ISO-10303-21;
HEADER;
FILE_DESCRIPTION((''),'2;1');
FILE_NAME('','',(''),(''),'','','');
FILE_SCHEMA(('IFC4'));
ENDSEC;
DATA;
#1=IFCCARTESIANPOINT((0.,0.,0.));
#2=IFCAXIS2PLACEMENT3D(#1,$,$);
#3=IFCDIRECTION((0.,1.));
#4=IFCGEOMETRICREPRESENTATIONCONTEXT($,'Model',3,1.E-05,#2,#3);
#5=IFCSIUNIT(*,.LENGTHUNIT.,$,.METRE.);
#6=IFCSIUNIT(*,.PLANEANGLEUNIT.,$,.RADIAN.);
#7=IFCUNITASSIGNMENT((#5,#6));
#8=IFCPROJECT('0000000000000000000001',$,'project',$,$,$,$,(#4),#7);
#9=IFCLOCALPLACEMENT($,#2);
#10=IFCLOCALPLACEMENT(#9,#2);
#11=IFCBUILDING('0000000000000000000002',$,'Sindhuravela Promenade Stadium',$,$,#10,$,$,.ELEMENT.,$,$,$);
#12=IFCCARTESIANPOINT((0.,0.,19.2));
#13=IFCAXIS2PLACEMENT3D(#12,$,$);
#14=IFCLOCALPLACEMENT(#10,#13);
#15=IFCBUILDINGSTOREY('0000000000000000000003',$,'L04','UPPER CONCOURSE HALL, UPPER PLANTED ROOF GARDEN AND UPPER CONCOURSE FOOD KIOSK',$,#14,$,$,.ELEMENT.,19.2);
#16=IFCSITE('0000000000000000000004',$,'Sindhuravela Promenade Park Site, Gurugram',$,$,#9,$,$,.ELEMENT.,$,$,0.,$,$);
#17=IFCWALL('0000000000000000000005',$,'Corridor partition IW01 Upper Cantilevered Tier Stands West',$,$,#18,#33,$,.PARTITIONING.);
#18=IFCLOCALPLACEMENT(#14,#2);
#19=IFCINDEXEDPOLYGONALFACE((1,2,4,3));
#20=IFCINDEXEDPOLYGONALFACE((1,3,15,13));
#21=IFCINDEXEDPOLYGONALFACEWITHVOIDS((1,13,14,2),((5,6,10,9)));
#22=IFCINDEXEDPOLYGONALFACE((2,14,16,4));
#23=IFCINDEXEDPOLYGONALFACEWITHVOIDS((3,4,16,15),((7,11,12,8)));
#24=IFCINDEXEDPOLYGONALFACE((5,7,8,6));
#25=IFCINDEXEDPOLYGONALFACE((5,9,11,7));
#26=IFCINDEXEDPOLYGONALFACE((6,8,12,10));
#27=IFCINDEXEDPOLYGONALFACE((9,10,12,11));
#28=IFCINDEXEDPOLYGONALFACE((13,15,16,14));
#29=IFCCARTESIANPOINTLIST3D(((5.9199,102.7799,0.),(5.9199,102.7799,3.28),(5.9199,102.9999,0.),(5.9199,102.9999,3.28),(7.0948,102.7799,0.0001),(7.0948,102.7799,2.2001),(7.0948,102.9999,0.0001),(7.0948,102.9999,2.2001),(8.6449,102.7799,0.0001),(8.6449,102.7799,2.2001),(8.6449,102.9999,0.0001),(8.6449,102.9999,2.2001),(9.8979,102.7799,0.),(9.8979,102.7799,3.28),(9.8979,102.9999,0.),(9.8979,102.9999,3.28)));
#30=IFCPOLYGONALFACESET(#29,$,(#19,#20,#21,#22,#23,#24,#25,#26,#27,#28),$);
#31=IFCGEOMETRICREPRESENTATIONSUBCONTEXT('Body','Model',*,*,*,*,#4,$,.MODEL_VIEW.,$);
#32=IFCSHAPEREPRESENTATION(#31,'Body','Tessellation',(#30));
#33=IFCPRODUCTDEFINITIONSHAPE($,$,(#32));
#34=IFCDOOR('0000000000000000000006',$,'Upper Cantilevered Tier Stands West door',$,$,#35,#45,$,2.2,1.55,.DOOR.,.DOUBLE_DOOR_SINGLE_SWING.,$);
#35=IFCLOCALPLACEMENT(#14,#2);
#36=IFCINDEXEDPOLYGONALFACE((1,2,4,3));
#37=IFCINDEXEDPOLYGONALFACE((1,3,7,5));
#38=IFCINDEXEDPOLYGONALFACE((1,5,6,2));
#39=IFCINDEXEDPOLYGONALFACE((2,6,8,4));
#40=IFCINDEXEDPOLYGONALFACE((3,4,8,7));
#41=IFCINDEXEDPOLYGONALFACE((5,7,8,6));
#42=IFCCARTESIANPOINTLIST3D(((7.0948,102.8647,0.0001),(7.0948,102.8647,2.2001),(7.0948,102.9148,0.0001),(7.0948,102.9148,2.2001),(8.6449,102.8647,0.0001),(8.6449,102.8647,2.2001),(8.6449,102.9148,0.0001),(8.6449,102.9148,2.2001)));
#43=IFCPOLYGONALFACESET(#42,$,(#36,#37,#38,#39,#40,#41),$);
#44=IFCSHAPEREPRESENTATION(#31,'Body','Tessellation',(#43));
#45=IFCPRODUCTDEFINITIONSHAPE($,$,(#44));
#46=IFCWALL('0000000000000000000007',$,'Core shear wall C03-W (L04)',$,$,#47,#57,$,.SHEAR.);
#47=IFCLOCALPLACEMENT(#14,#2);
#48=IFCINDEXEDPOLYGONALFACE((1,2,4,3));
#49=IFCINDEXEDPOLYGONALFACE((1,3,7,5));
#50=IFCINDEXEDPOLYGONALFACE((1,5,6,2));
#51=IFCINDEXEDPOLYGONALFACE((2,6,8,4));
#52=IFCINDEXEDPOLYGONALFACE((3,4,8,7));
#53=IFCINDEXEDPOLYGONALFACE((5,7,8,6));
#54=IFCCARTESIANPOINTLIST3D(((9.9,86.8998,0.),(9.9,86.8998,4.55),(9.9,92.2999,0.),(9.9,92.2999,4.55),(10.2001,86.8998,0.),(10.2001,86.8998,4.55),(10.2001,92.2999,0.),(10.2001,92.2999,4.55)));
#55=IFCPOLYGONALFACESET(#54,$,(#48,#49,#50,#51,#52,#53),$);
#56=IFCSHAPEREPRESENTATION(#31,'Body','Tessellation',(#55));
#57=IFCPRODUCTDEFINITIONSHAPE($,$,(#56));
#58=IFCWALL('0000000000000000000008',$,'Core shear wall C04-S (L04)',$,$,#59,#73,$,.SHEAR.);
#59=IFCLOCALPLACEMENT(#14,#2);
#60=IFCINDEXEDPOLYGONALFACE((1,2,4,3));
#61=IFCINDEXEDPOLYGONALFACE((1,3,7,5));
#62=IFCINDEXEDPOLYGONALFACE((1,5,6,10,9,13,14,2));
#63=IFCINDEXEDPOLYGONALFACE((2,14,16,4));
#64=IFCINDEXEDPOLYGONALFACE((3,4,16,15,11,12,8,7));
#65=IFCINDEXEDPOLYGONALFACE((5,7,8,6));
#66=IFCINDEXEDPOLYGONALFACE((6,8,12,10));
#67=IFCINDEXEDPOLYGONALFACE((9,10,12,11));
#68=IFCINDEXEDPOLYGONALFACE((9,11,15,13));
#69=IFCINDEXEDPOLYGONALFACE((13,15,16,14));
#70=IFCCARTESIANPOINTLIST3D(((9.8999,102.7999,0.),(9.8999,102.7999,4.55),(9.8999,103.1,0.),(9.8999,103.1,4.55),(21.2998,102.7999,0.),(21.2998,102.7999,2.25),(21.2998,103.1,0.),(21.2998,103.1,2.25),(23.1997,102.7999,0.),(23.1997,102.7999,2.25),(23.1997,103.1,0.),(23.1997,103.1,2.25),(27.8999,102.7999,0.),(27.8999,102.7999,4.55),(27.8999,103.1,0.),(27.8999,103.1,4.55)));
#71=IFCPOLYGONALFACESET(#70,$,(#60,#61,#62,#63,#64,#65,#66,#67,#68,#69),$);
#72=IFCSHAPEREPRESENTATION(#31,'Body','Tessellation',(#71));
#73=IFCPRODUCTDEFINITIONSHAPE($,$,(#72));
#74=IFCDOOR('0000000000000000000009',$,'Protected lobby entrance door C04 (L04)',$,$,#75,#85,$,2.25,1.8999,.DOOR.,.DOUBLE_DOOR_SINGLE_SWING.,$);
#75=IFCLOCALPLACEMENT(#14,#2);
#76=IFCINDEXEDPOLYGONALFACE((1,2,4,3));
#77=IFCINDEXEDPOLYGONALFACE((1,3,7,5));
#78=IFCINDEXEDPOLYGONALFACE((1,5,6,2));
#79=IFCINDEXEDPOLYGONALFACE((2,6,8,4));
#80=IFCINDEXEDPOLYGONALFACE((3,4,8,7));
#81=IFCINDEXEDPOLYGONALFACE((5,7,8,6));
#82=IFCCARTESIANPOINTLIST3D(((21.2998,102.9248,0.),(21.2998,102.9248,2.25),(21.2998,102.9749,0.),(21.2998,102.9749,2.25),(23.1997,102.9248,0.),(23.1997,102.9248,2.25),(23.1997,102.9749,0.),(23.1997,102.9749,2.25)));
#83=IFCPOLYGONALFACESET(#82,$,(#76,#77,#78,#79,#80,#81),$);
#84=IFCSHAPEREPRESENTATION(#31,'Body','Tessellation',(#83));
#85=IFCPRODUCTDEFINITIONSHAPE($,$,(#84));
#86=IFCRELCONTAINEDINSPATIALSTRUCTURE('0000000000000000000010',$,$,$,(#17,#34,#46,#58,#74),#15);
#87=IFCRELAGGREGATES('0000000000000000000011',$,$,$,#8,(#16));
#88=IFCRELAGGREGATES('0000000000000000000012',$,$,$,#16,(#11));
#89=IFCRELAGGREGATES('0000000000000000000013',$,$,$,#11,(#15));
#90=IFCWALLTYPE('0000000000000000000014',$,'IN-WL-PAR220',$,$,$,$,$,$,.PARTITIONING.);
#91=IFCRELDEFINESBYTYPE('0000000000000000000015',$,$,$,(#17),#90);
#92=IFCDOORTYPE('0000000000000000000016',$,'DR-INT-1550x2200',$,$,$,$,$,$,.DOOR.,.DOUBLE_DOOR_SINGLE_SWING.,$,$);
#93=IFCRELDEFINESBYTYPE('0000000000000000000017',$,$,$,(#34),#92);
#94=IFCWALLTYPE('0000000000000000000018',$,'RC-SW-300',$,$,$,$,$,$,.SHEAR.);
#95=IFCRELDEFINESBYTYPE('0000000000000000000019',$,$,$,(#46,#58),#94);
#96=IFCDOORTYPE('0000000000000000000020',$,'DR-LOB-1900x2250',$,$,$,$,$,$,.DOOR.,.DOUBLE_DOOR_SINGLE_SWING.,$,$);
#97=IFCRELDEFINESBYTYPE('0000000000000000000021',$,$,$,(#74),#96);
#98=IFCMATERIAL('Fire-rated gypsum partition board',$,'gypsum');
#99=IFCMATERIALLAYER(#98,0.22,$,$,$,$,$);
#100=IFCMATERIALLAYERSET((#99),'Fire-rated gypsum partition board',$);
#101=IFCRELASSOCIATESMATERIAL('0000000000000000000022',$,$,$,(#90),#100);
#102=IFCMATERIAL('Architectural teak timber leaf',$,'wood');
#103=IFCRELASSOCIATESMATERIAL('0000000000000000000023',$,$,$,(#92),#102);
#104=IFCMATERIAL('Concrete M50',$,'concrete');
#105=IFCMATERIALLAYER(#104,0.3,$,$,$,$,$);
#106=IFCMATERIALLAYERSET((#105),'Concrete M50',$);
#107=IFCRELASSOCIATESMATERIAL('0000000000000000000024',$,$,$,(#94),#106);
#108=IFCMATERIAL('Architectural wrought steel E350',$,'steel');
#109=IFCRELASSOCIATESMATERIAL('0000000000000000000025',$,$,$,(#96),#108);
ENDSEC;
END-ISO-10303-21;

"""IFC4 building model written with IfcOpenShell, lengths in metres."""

from ifc_helpers import new_model, si_unit, direction, frame, frame_2d, origin, place, context, subcontext, project, spatial, rectangle, extrude, material, layer, layer_set, type_object, element, fill, save


model = new_model("IFC4")

# Units and contexts
model_context = context("Model", 3, precision=1e-05, world=origin(), true_north=direction((0.0, 1.0)))
body_context = subcontext(model_context, "Body", "Model", "MODEL_VIEW")
ifc_project = project(units=[si_unit("LENGTHUNIT", "METRE"), si_unit("PLANEANGLEUNIT", "RADIAN")], contexts=[model_context])

# Site, building, storey
site_placement = place(None, origin())
site = spatial("IfcSite", under=ifc_project, at=site_placement, Name="Sindhuravela Promenade Park Site, Gurugram", CompositionType="ELEMENT", RefElevation=0.0)
building_placement = place(site_placement, origin())
building = spatial("IfcBuilding", under=site, at=building_placement, Name="Sindhuravela Promenade Stadium", CompositionType="ELEMENT")
storey_placement = place(building_placement, frame((0.0, 0.0, 19.2)))
storey = spatial("IfcBuildingStorey", under=building, at=storey_placement, Name="L04", Description="UPPER CONCOURSE HALL, UPPER PLANTED ROOF GARDEN AND UPPER CONCOURSE FOOD KIOSK", CompositionType="ELEMENT", Elevation=19.2)

# Shared definitions
ifc_material_1 = material(Name="Fire-rated gypsum partition board", Category="gypsum")

# Shared definitions
ifc_material_2 = material(Name="Architectural teak timber leaf", Category="wood")

# Wall, opening, door
ifc_layer_1 = layer(ifc_material_1, 0.22)
ifc_layer_set_1 = layer_set([ifc_layer_1], Name="Fire-rated gypsum partition board")
wall_type_1 = type_object("IfcWallType", Name="IN-WL-PAR220", PredefinedType="PARTITIONING", material=ifc_layer_set_1)
wall_1_placement = place(storey_placement, frame((5.9199, 102.8899, 0.0), z_axis=(0.0, 0.0, 1.0), x_axis=(1.0, 0.0, 0.0)))
wall_1 = element("IfcWall", 1, at=wall_1_placement, inside=storey, type_object=wall_type_1, Name="Corridor partition IW01 Upper Cantilevered Tier Stands West", PredefinedType="PARTITIONING", context=body_context, shape_type="SweptSolid", body=[
    extrude(rectangle(XDim=3.978, YDim=0.22, at=frame_2d((1.989, 0.0))), origin(), (0.0, 0.0, 1.0), 3.28),
])
opening_1_placement = place(wall_1_placement, frame((1.175, 0.0, 0.0)))
opening_1 = element("IfcOpeningElement", 2, at=opening_1_placement, cuts=wall_1, PredefinedType="OPENING", context=body_context, shape_type="SweptSolid", body=[
    extrude(rectangle(XDim=1.55, YDim=2.2, at=frame_2d((0.7749, 1.1001))), frame((0.0, 0.1199, 0.0), z_axis=(0.0, -1.0, 0.0), x_axis=(1.0, 0.0, 0.0)), (0.0, 0.0, 1.0), 0.24),
])
door_type_1 = type_object("IfcDoorType", Name="DR-INT-1550x2200", OperationType="DOUBLE_DOOR_SINGLE_SWING", PredefinedType="DOOR", material=ifc_material_2)
door_1_placement = place(opening_1_placement, origin())
door_1 = element("IfcDoor", 3, at=door_1_placement, inside=storey, type_object=door_type_1, Name="Upper Cantilevered Tier Stands West door", OperationType="DOUBLE_DOOR_SINGLE_SWING", OverallHeight=2.2, OverallWidth=1.55, PredefinedType="DOOR", context=body_context, shape_type="SweptSolid", body=[
    extrude(rectangle(XDim=1.55, YDim=2.2, at=frame_2d((0.7749, 1.1001))), frame((0.0, 0.0249, 0.0), z_axis=(0.0, -1.0, 0.0), x_axis=(1.0, 0.0, 0.0)), (0.0, 0.0, 1.0), 0.05),
])
fill(opening_1, door_1)

# Wall
ifc_material_3 = material(Name="Concrete M50", Category="concrete")
ifc_layer_2 = layer(ifc_material_3, 0.3)
ifc_layer_set_2 = layer_set([ifc_layer_2], Name="Concrete M50")
wall_type_2 = type_object("IfcWallType", Name="RC-SW-300", PredefinedType="SHEAR", material=ifc_layer_set_2)
wall_2_placement = place(storey_placement, frame((10.05, 92.3, 0.0), z_axis=(0.0, 0.0, 1.0), x_axis=(0.0, -1.0, 0.0)))
element("IfcWall", 4, at=wall_2_placement, inside=storey, type_object=wall_type_2, Name="Core shear wall C03-W (L04)", PredefinedType="SHEAR", context=body_context, shape_type="SweptSolid", body=[
    extrude(rectangle(XDim=5.4001, YDim=0.3, at=frame_2d((2.7002, 0.0))), origin(), (0.0, 0.0, 1.0), 4.55),
])

# Wall, opening, door
wall_3_placement = place(storey_placement, frame((9.8999, 102.95, 0.0), z_axis=(0.0, 0.0, 1.0), x_axis=(1.0, 0.0, 0.0)))
wall_3 = element("IfcWall", 5, at=wall_3_placement, inside=storey, type_object=wall_type_2, Name="Core shear wall C04-S (L04)", PredefinedType="SHEAR", context=body_context, shape_type="SweptSolid", body=[
    extrude(rectangle(XDim=18.0, YDim=0.3, at=frame_2d((9.0, 0.0))), origin(), (0.0, 0.0, 1.0), 4.55),
])
opening_2_placement = place(wall_3_placement, frame((11.3999, 0.0, 0.0)))
opening_2 = element("IfcOpeningElement", 6, at=opening_2_placement, cuts=wall_3, PredefinedType="OPENING", context=body_context, shape_type="SweptSolid", body=[
    extrude(rectangle(XDim=1.8999, YDim=2.25, at=frame_2d((0.95, 1.125))), frame((0.0, 0.1599, 0.0), z_axis=(0.0, -1.0, 0.0), x_axis=(1.0, 0.0, 0.0)), (0.0, 0.0, 1.0), 0.3201),
])
ifc_material_4 = material(Name="Architectural wrought steel E350", Category="steel")
door_type_2 = type_object("IfcDoorType", Name="DR-LOB-1900x2250", OperationType="DOUBLE_DOOR_SINGLE_SWING", PredefinedType="DOOR", material=ifc_material_4)
door_2_placement = place(opening_2_placement, origin())
door_2 = element("IfcDoor", 7, at=door_2_placement, inside=storey, type_object=door_type_2, Name="Protected lobby entrance door C04 (L04)", OperationType="DOUBLE_DOOR_SINGLE_SWING", OverallHeight=2.25, OverallWidth=1.8999, PredefinedType="DOOR", context=body_context, shape_type="SweptSolid", body=[
    extrude(rectangle(XDim=1.8999, YDim=2.25, at=frame_2d((0.95, 1.125))), frame((0.0, 0.0249, 0.0), z_axis=(0.0, -1.0, 0.0), x_axis=(1.0, 0.0, 0.0)), (0.0, 0.0, 1.0), 0.05),
])
fill(opening_2, door_2)

save(model, "model.ifc")
